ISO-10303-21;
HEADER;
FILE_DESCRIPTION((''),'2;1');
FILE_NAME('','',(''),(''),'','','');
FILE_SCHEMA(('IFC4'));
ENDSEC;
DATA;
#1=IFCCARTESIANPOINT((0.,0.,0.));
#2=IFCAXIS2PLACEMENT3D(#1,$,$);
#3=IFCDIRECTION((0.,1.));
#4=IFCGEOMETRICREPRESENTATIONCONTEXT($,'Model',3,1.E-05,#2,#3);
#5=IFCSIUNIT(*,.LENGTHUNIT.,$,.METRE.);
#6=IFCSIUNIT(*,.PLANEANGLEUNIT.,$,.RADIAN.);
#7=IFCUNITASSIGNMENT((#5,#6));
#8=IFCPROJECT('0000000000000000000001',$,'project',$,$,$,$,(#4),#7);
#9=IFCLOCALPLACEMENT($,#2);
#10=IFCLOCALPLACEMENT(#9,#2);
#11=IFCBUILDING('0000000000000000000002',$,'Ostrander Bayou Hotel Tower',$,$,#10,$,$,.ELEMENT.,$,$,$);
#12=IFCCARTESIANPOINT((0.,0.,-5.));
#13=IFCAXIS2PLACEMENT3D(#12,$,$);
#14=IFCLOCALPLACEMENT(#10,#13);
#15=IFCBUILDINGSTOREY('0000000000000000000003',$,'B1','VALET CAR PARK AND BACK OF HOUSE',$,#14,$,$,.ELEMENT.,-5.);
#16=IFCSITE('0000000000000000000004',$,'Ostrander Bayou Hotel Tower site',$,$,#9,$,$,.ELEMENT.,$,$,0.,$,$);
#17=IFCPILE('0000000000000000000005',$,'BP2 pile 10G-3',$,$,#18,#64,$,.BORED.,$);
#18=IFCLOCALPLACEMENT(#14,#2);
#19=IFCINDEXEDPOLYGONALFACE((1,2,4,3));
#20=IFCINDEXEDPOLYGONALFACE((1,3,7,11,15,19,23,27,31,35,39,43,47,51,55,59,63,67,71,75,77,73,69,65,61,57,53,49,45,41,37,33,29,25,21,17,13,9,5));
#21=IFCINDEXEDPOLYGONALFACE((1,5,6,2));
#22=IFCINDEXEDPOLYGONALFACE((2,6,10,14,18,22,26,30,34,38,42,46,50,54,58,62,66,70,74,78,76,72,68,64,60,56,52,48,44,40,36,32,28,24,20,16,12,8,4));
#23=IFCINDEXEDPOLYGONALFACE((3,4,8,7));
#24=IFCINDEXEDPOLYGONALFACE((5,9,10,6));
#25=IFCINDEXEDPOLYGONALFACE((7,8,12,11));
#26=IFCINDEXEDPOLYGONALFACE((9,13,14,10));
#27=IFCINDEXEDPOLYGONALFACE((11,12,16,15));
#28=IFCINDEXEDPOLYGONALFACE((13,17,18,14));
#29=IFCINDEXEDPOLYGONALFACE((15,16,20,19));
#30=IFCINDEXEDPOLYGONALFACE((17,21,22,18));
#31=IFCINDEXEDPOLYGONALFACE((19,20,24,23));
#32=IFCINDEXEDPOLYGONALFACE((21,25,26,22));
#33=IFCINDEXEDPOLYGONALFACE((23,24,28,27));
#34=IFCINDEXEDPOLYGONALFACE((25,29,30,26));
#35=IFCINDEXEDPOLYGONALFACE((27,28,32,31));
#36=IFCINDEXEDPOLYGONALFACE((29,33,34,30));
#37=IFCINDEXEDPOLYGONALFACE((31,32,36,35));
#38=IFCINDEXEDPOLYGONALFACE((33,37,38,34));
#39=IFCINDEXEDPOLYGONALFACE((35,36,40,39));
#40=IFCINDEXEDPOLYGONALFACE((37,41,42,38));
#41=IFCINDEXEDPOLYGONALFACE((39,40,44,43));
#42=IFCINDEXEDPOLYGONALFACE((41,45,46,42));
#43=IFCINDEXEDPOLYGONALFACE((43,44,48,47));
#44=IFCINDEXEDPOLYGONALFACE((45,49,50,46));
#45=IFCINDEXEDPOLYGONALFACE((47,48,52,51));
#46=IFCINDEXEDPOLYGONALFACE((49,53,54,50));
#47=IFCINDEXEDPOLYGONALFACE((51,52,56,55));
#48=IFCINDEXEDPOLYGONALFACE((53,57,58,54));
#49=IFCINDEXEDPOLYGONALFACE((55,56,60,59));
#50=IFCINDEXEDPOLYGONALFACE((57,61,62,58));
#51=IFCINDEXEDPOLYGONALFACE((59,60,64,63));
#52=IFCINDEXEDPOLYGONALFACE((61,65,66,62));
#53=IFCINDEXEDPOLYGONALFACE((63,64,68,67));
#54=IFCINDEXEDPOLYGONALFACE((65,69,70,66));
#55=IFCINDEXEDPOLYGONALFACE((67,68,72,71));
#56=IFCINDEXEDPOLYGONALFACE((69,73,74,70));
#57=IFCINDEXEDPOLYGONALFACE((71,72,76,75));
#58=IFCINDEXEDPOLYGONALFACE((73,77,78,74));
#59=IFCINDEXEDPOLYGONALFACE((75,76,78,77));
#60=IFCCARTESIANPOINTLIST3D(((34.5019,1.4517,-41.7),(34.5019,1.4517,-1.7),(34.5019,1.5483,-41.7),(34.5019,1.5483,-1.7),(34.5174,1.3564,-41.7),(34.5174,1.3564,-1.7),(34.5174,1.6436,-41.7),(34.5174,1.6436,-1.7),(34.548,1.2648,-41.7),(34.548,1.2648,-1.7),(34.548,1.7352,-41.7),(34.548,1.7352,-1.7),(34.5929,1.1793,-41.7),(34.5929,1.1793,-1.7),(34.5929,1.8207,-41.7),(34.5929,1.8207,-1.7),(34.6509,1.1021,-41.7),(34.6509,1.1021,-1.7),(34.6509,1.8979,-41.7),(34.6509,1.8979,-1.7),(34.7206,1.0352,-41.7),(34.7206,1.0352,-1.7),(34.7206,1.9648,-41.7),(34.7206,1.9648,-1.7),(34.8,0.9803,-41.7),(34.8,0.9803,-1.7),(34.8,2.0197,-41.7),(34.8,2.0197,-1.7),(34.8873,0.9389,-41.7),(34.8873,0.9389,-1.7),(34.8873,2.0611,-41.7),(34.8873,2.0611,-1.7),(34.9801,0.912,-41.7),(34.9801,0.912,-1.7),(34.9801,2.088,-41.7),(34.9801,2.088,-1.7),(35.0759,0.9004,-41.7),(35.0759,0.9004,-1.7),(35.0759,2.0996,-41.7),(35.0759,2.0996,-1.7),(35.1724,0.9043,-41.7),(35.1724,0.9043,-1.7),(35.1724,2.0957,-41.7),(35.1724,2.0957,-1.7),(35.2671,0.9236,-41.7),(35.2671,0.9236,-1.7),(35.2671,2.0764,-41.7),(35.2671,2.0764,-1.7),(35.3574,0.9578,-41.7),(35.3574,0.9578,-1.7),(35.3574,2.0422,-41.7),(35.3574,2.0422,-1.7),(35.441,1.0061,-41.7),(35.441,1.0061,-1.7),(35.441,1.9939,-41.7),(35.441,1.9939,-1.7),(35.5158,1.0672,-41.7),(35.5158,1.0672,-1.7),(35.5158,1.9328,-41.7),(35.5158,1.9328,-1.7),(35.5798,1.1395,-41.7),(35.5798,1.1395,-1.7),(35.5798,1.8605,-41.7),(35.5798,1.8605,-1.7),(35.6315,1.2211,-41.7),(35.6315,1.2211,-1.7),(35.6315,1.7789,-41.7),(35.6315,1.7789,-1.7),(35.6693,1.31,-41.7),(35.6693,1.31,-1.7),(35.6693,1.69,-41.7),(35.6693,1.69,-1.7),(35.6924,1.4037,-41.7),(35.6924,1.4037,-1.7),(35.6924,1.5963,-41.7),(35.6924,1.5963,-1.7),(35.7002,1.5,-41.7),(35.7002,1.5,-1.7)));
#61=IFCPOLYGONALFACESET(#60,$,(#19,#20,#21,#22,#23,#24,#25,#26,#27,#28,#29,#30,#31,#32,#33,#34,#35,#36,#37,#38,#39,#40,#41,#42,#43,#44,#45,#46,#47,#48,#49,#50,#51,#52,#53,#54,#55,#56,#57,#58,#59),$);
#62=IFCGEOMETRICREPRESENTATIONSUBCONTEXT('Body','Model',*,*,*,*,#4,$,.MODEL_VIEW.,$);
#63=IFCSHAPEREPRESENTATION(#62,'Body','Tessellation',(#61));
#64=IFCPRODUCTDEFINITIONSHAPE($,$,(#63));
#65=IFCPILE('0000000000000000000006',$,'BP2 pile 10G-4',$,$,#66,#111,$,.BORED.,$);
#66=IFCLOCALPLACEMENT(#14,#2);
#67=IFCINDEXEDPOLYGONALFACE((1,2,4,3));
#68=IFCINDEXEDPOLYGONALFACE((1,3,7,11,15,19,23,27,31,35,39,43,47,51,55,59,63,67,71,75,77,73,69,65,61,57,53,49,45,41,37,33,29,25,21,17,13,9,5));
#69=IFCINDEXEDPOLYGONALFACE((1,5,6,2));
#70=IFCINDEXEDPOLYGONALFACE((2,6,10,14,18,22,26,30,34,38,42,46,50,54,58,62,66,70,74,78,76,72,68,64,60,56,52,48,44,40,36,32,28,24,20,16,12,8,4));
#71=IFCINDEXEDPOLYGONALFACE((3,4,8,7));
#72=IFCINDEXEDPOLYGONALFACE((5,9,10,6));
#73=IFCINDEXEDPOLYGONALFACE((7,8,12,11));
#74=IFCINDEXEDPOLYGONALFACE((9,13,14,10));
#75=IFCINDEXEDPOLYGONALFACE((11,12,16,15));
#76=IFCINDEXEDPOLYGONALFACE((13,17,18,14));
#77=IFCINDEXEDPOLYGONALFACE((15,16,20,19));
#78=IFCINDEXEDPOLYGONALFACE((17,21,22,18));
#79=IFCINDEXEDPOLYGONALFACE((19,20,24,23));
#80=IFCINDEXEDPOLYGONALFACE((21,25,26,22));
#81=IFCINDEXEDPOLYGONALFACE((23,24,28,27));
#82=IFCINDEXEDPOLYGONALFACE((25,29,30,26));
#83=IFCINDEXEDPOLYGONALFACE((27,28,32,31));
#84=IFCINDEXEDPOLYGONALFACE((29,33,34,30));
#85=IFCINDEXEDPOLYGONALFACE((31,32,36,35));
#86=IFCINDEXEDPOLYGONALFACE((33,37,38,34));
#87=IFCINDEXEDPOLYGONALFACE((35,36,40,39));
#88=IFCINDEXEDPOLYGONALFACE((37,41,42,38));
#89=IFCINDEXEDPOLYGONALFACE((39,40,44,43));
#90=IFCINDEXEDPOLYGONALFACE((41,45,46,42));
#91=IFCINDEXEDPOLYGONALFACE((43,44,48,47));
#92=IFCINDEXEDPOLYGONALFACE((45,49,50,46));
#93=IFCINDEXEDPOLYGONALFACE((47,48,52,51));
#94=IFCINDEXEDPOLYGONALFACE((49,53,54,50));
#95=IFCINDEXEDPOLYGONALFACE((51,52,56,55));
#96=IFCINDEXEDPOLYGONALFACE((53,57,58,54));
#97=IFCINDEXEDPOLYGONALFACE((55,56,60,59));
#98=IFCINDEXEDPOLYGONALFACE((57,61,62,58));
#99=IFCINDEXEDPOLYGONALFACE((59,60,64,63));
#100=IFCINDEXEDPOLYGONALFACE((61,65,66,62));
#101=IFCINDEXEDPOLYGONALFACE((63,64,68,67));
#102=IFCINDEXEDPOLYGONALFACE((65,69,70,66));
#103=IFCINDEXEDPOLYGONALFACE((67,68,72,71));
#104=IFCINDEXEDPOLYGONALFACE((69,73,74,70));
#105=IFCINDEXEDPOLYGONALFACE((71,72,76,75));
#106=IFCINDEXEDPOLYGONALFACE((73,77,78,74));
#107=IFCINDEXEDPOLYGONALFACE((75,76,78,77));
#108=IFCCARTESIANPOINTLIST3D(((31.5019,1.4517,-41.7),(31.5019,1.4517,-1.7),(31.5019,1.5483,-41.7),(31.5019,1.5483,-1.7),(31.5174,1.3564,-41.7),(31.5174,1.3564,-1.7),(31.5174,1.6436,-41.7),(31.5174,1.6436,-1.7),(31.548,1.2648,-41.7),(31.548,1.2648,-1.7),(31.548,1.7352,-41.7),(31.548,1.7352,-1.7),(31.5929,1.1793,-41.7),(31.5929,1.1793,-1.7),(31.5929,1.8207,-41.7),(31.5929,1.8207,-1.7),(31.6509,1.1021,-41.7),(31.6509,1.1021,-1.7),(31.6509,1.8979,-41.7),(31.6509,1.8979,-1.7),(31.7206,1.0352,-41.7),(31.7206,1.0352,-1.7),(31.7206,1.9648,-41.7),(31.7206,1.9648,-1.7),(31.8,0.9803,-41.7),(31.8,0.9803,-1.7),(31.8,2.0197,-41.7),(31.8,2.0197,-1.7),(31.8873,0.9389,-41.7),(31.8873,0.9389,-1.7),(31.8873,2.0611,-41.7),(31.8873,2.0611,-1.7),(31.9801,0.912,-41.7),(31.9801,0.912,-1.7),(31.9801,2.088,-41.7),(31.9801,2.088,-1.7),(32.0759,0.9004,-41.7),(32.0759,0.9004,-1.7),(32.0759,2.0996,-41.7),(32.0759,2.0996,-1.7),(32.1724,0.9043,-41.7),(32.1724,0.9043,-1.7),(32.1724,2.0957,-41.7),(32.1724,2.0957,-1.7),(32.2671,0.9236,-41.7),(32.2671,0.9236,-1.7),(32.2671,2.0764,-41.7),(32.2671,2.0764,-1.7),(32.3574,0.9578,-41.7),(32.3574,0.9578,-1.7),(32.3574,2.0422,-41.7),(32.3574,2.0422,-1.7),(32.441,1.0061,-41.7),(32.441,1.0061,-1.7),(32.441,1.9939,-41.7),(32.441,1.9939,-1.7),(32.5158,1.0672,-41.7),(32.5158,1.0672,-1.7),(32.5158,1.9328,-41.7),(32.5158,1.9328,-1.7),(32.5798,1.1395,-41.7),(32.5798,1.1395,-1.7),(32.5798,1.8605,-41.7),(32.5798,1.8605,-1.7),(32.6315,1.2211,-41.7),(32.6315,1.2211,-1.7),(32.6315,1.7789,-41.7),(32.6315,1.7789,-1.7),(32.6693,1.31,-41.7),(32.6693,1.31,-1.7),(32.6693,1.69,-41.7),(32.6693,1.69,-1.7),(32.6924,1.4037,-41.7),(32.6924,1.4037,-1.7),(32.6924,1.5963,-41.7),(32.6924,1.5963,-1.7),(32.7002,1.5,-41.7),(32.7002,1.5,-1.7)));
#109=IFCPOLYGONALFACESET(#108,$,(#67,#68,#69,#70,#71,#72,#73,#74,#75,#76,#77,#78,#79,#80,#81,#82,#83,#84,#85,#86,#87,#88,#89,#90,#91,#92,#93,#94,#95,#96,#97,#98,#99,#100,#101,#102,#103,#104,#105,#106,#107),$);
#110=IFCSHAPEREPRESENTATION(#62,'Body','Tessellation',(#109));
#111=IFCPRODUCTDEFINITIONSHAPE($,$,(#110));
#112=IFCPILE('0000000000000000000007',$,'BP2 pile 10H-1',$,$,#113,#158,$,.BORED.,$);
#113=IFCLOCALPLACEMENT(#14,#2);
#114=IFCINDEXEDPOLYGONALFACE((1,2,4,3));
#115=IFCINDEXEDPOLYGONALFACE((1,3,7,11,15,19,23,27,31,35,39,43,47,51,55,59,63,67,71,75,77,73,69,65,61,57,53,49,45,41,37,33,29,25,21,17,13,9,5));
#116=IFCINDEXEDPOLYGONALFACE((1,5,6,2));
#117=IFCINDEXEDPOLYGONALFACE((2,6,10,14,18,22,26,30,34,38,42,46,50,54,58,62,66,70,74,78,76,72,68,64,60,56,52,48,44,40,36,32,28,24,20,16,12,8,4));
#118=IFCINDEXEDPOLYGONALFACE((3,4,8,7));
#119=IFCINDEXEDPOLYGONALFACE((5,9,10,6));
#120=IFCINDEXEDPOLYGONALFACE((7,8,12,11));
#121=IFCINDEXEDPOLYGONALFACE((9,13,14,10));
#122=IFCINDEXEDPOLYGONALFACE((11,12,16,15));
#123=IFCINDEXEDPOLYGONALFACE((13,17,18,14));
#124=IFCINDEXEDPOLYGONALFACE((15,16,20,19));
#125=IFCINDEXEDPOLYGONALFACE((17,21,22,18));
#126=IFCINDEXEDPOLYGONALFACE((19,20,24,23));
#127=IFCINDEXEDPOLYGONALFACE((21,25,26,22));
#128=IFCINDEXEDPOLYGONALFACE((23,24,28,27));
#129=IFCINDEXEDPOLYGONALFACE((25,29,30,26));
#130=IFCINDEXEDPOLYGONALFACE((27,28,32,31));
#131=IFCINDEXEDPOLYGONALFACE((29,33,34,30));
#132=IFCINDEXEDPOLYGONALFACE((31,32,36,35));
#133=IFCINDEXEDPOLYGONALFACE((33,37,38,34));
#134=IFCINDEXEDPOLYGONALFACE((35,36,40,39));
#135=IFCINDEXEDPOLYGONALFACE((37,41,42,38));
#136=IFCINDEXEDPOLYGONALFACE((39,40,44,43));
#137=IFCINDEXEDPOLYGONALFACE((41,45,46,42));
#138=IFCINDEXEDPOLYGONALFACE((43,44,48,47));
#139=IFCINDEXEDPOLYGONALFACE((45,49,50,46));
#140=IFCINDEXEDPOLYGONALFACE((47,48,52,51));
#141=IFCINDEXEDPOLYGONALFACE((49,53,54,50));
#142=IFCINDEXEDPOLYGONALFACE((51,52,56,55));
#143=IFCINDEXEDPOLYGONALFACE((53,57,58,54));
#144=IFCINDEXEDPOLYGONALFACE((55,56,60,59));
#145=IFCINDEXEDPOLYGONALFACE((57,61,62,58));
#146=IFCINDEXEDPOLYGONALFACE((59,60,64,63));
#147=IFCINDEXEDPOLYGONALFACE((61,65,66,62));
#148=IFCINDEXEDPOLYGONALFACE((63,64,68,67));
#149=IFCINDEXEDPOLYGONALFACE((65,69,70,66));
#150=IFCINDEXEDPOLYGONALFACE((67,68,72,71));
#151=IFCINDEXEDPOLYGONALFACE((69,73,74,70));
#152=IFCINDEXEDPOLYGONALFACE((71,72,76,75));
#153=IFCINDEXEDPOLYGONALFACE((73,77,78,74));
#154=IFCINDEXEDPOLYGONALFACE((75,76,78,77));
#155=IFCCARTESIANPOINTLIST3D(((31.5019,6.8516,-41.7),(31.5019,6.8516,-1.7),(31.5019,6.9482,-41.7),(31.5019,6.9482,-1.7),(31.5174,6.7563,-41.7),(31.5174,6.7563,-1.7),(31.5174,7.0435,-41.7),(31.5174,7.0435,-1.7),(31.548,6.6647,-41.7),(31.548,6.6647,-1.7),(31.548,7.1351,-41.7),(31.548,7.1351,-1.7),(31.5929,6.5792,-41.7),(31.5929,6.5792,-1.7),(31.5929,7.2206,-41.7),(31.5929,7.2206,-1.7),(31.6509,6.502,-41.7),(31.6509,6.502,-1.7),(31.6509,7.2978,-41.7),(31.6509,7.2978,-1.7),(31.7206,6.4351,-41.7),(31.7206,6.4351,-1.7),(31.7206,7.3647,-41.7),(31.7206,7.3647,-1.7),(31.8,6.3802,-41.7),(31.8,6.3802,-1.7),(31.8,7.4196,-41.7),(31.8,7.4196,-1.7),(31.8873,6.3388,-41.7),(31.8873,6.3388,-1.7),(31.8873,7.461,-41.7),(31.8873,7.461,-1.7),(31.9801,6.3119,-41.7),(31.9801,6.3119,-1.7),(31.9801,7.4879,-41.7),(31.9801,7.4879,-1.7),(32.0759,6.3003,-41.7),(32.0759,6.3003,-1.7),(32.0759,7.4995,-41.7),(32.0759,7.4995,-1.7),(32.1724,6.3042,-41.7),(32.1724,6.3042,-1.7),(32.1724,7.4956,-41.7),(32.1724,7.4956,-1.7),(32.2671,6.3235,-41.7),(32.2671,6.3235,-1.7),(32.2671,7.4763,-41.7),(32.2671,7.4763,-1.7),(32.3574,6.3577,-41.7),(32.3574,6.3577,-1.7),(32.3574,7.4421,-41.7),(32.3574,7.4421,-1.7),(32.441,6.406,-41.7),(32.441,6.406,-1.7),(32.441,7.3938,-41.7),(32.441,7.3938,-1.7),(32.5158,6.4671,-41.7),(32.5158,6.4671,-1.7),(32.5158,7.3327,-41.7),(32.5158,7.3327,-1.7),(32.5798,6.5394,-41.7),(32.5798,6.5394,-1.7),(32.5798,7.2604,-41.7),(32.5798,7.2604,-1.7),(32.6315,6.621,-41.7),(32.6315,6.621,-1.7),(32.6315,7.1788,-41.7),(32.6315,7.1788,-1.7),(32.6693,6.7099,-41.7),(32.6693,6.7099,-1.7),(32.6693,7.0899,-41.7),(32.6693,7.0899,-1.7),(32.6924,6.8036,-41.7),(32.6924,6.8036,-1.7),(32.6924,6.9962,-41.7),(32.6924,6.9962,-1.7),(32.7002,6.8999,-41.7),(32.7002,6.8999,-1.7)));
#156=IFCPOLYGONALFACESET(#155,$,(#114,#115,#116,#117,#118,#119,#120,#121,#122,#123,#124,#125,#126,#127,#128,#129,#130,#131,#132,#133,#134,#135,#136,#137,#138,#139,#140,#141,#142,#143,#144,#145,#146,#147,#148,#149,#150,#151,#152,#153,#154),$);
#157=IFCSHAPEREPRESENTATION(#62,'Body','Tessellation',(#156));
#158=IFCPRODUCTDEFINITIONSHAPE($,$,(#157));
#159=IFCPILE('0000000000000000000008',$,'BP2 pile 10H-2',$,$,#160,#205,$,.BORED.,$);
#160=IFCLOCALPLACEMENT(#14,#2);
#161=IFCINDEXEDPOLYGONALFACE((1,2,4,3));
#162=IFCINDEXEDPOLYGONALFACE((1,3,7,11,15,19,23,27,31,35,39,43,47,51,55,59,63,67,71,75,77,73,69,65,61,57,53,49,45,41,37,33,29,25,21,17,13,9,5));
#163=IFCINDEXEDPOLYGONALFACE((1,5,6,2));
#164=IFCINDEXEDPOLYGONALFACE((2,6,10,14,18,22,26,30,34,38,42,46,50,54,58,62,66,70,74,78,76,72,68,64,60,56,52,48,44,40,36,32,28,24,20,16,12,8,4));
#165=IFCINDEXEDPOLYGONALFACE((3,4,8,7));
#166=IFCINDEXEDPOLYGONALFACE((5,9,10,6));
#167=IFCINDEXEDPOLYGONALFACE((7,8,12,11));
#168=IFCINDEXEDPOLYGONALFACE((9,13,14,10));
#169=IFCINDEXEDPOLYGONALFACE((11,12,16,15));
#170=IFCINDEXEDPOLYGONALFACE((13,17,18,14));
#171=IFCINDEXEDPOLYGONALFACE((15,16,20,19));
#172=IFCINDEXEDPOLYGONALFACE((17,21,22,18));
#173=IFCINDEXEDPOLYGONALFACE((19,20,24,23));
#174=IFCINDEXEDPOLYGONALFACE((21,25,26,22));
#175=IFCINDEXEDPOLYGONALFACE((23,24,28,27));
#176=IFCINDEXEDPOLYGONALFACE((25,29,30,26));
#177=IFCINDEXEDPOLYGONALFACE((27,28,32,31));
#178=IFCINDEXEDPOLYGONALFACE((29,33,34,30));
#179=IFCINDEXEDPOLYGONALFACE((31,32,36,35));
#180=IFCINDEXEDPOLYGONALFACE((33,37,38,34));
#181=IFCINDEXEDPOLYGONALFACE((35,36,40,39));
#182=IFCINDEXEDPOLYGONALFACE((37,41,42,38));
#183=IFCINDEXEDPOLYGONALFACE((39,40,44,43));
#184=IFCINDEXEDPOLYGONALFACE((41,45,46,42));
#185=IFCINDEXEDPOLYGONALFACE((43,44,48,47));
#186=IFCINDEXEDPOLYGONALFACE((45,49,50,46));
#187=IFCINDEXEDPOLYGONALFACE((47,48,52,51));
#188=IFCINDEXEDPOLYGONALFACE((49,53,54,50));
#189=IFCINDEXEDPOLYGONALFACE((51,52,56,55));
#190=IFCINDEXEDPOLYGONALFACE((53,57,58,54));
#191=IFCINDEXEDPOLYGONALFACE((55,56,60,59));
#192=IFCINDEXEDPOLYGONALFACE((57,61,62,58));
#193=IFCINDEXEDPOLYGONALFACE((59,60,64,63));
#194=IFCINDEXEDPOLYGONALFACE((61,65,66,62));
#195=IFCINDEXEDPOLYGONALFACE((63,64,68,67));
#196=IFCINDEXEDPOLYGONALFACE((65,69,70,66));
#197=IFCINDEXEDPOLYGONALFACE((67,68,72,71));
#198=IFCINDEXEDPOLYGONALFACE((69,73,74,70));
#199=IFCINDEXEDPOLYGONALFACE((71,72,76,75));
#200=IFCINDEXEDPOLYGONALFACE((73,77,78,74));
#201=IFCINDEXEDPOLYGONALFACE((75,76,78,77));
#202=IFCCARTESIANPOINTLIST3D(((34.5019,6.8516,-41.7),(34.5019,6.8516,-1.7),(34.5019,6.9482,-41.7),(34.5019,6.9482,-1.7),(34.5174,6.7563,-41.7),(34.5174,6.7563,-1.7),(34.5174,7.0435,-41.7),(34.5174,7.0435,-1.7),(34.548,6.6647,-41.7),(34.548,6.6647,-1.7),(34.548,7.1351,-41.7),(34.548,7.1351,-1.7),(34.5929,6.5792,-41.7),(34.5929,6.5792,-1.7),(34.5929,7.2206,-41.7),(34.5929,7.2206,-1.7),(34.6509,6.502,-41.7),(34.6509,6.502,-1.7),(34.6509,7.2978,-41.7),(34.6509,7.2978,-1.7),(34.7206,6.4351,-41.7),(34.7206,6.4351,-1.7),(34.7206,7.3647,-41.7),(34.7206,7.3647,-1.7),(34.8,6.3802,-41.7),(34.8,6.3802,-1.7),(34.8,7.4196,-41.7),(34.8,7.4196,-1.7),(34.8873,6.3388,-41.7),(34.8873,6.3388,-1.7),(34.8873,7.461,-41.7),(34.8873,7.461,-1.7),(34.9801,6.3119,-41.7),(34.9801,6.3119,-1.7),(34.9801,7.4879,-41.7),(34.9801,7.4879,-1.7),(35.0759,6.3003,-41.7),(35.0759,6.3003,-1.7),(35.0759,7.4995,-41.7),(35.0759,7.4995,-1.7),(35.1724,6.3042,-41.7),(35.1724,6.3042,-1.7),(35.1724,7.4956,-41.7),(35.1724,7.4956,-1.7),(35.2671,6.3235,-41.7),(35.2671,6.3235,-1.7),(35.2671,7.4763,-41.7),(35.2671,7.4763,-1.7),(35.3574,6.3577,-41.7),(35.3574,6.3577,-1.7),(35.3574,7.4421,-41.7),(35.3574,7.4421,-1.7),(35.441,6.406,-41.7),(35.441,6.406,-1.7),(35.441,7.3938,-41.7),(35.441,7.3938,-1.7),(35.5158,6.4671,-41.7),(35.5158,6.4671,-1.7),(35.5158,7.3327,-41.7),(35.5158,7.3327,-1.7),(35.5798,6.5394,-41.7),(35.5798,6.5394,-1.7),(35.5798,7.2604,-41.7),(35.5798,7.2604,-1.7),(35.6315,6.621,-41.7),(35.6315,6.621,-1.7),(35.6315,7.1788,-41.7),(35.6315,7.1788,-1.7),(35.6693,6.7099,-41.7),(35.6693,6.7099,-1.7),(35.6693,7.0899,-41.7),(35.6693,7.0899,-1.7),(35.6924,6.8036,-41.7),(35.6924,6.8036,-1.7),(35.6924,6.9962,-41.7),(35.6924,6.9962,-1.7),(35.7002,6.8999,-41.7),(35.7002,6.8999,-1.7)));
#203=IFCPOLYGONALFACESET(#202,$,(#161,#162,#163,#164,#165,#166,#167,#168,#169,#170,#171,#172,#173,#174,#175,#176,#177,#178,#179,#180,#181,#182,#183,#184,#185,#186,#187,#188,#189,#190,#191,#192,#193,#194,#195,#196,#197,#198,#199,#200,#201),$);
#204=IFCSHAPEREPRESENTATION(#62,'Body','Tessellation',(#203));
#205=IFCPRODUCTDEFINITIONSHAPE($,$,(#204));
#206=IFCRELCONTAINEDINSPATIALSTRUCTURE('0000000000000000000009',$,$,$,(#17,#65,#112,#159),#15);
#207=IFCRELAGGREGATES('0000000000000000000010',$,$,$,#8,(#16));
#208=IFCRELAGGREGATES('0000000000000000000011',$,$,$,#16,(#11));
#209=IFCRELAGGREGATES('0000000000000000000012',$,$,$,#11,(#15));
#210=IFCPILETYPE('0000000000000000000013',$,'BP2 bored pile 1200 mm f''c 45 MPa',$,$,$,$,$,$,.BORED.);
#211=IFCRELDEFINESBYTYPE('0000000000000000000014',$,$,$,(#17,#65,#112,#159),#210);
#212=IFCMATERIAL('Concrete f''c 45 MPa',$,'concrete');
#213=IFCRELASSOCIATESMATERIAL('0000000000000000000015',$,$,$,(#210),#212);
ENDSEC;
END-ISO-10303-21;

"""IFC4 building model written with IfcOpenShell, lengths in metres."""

from ifc_helpers import new_model, si_unit, direction, frame, origin, origin_2d, place, context, subcontext, project, spatial, circle, extrude, material, material_profile, profile_set, type_object, element, save


model = new_model("IFC4")

# Units and contexts
model_context = context("Model", 3, precision=1e-05, world=origin(), true_north=direction((0.0, 1.0)))
body_context = subcontext(model_context, "Body", "Model", "MODEL_VIEW")
ifc_project = project(units=[si_unit("LENGTHUNIT", "METRE"), si_unit("PLANEANGLEUNIT", "RADIAN")], contexts=[model_context])

# Site, building, storey
site_placement = place(None, origin())
site = spatial("IfcSite", under=ifc_project, at=site_placement, Name="Ostrander Bayou Hotel Tower site", CompositionType="ELEMENT", RefElevation=0.0)
building_placement = place(site_placement, origin())
building = spatial("IfcBuilding", under=site, at=building_placement, Name="Ostrander Bayou Hotel Tower", CompositionType="ELEMENT")
storey_placement = place(building_placement, frame((0.0, 0.0, -5.0)))
storey = spatial("IfcBuildingStorey", under=building, at=storey_placement, Name="B1", Description="VALET CAR PARK AND BACK OF HOUSE", CompositionType="ELEMENT", Elevation=-5.0)

# Piles
ifc_material_1 = material(Name="Concrete f'c 45 MPa", Category="concrete")
ifc_material_profile_1 = material_profile(ifc_material_1, circle(Radius=0.6001, at=origin_2d()))
ifc_profile_set_1 = profile_set([ifc_material_profile_1], Name="Concrete f'c 45 MPa")
pile_type_1 = type_object("IfcPileType", Name="BP2 bored pile 1200 mm f'c 45 MPa", PredefinedType="BORED", material=ifc_profile_set_1)
for number, where, z_axis, x_axis, name in (
    (1, (35.1001, 1.5, -1.7), (0.0, 0.0, -1.0), (1.0, 0.0, 0.0), "BP2 pile 10G-3"),
    (2, (32.1001, 1.5, -1.7), (0.0, 0.0, -1.0), (1.0, 0.0, 0.0), "BP2 pile 10G-4"),
    (3, (32.1001, 6.8999, -1.7), (0.0, 0.0, -1.0), (1.0, 0.0, 0.0), "BP2 pile 10H-1"),
    (4, (35.1001, 6.8999, -1.7), (0.0, 0.0, -1.0), (1.0, 0.0, 0.0), "BP2 pile 10H-2"),
):
    element("IfcPile", number, at=place(storey_placement, frame(where, z_axis=z_axis, x_axis=x_axis)), inside=storey, type_object=pile_type_1, Name=name, PredefinedType="BORED", context=body_context, shape_type="SweptSolid", body=[
        extrude(circle(Radius=0.6001, at=origin_2d()), origin(), (0.0, 0.0, 1.0), 40.0),
    ])

save(model, "model.ifc")
